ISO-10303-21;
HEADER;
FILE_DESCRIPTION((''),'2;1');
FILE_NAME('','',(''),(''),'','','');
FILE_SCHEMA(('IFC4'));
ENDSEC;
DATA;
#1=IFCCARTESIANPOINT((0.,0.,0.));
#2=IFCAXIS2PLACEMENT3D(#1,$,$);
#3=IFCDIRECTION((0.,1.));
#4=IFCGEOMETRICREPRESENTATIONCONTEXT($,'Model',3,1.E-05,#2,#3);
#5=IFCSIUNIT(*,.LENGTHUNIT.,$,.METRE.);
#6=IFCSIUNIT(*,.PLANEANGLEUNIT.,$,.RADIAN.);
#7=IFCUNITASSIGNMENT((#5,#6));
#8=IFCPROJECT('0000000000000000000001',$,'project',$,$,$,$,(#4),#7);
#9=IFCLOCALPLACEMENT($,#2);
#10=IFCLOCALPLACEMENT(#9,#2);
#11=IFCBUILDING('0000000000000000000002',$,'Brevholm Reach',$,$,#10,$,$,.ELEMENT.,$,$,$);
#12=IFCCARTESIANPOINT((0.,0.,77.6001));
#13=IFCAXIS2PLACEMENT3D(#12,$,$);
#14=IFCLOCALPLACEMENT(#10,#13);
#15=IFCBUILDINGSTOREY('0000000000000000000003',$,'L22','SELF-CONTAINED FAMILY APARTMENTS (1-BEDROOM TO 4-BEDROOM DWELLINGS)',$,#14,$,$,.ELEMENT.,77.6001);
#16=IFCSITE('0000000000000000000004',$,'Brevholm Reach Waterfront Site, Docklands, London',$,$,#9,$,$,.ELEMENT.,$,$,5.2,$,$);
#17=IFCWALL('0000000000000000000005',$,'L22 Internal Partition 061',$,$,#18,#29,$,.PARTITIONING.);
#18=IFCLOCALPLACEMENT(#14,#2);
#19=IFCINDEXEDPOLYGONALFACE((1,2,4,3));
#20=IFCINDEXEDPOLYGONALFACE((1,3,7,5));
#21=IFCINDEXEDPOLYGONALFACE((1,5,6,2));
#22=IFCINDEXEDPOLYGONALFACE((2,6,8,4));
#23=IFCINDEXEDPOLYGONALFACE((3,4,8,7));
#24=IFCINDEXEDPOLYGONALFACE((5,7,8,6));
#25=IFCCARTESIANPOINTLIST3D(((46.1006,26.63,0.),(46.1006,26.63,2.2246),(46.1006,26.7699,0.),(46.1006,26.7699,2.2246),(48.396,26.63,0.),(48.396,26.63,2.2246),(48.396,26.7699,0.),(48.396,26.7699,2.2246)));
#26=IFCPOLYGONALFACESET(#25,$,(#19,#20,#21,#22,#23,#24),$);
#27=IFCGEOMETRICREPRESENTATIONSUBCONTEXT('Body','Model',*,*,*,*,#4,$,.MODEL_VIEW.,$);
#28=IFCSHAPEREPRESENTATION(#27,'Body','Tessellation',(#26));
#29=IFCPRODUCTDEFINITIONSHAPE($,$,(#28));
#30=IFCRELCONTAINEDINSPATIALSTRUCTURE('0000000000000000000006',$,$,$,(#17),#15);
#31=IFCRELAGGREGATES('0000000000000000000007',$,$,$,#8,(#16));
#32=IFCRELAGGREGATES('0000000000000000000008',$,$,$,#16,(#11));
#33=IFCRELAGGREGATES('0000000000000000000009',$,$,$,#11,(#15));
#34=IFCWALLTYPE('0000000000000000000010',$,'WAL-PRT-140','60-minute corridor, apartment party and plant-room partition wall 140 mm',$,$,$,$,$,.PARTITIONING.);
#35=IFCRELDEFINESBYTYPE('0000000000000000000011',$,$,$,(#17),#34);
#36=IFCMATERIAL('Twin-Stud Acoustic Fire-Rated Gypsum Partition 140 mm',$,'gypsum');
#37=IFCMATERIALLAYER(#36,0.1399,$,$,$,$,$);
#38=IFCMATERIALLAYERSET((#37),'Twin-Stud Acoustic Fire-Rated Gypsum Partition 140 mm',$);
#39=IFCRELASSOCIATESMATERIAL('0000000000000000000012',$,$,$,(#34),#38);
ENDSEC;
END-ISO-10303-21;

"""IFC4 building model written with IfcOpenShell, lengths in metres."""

from ifc_helpers import new_model, si_unit, direction, frame, frame_2d, origin, place, context, subcontext, project, spatial, rectangle, extrude, material, layer, layer_set, type_object, element, save


model = new_model("IFC4")

# Units and contexts
model_context = context("Model", 3, precision=1e-05, world=origin(), true_north=direction((0.0, 1.0)))
body_context = subcontext(model_context, "Body", "Model", "MODEL_VIEW")
ifc_project = project(units=[si_unit("LENGTHUNIT", "METRE"), si_unit("PLANEANGLEUNIT", "RADIAN")], contexts=[model_context])

# Site, building, storey
site_placement = place(None, origin())
site = spatial("IfcSite", under=ifc_project, at=site_placement, Name="Brevholm Reach Waterfront Site, Docklands, London", CompositionType="ELEMENT", RefElevation=5.2)
building_placement = place(site_placement, origin())
building = spatial("IfcBuilding", under=site, at=building_placement, Name="Brevholm Reach", CompositionType="ELEMENT")
storey_placement = place(building_placement, frame((0.0, 0.0, 77.6001)))
storey = spatial("IfcBuildingStorey", under=building, at=storey_placement, Name="L22", Description="SELF-CONTAINED FAMILY APARTMENTS (1-BEDROOM TO 4-BEDROOM DWELLINGS)", CompositionType="ELEMENT", Elevation=77.6001)

# Wall
ifc_material_1 = material(Name="Twin-Stud Acoustic Fire-Rated Gypsum Partition 140 mm", Category="gypsum")
ifc_layer_1 = layer(ifc_material_1, 0.1399)
ifc_layer_set_1 = layer_set([ifc_layer_1], Name="Twin-Stud Acoustic Fire-Rated Gypsum Partition 140 mm")
wall_type_1 = type_object("IfcWallType", Name="WAL-PRT-140", Description="60-minute corridor, apartment party and plant-room partition wall 140 mm", PredefinedType="PARTITIONING", material=ifc_layer_set_1)
wall_1_placement = place(storey_placement, frame((46.1006, 26.7, 0.0), z_axis=(0.0, 0.0, 1.0), x_axis=(1.0, 0.0, 0.0)))
element("IfcWall", 1, at=wall_1_placement, inside=storey, type_object=wall_type_1, Name="L22 Internal Partition 061", PredefinedType="PARTITIONING", context=body_context, shape_type="SweptSolid", body=[
    extrude(rectangle(XDim=2.2954, YDim=0.1399, at=frame_2d((1.1477, 0.0))), origin(), (0.0, 0.0, 1.0), 2.2246),
])

save(model, "model.ifc")
